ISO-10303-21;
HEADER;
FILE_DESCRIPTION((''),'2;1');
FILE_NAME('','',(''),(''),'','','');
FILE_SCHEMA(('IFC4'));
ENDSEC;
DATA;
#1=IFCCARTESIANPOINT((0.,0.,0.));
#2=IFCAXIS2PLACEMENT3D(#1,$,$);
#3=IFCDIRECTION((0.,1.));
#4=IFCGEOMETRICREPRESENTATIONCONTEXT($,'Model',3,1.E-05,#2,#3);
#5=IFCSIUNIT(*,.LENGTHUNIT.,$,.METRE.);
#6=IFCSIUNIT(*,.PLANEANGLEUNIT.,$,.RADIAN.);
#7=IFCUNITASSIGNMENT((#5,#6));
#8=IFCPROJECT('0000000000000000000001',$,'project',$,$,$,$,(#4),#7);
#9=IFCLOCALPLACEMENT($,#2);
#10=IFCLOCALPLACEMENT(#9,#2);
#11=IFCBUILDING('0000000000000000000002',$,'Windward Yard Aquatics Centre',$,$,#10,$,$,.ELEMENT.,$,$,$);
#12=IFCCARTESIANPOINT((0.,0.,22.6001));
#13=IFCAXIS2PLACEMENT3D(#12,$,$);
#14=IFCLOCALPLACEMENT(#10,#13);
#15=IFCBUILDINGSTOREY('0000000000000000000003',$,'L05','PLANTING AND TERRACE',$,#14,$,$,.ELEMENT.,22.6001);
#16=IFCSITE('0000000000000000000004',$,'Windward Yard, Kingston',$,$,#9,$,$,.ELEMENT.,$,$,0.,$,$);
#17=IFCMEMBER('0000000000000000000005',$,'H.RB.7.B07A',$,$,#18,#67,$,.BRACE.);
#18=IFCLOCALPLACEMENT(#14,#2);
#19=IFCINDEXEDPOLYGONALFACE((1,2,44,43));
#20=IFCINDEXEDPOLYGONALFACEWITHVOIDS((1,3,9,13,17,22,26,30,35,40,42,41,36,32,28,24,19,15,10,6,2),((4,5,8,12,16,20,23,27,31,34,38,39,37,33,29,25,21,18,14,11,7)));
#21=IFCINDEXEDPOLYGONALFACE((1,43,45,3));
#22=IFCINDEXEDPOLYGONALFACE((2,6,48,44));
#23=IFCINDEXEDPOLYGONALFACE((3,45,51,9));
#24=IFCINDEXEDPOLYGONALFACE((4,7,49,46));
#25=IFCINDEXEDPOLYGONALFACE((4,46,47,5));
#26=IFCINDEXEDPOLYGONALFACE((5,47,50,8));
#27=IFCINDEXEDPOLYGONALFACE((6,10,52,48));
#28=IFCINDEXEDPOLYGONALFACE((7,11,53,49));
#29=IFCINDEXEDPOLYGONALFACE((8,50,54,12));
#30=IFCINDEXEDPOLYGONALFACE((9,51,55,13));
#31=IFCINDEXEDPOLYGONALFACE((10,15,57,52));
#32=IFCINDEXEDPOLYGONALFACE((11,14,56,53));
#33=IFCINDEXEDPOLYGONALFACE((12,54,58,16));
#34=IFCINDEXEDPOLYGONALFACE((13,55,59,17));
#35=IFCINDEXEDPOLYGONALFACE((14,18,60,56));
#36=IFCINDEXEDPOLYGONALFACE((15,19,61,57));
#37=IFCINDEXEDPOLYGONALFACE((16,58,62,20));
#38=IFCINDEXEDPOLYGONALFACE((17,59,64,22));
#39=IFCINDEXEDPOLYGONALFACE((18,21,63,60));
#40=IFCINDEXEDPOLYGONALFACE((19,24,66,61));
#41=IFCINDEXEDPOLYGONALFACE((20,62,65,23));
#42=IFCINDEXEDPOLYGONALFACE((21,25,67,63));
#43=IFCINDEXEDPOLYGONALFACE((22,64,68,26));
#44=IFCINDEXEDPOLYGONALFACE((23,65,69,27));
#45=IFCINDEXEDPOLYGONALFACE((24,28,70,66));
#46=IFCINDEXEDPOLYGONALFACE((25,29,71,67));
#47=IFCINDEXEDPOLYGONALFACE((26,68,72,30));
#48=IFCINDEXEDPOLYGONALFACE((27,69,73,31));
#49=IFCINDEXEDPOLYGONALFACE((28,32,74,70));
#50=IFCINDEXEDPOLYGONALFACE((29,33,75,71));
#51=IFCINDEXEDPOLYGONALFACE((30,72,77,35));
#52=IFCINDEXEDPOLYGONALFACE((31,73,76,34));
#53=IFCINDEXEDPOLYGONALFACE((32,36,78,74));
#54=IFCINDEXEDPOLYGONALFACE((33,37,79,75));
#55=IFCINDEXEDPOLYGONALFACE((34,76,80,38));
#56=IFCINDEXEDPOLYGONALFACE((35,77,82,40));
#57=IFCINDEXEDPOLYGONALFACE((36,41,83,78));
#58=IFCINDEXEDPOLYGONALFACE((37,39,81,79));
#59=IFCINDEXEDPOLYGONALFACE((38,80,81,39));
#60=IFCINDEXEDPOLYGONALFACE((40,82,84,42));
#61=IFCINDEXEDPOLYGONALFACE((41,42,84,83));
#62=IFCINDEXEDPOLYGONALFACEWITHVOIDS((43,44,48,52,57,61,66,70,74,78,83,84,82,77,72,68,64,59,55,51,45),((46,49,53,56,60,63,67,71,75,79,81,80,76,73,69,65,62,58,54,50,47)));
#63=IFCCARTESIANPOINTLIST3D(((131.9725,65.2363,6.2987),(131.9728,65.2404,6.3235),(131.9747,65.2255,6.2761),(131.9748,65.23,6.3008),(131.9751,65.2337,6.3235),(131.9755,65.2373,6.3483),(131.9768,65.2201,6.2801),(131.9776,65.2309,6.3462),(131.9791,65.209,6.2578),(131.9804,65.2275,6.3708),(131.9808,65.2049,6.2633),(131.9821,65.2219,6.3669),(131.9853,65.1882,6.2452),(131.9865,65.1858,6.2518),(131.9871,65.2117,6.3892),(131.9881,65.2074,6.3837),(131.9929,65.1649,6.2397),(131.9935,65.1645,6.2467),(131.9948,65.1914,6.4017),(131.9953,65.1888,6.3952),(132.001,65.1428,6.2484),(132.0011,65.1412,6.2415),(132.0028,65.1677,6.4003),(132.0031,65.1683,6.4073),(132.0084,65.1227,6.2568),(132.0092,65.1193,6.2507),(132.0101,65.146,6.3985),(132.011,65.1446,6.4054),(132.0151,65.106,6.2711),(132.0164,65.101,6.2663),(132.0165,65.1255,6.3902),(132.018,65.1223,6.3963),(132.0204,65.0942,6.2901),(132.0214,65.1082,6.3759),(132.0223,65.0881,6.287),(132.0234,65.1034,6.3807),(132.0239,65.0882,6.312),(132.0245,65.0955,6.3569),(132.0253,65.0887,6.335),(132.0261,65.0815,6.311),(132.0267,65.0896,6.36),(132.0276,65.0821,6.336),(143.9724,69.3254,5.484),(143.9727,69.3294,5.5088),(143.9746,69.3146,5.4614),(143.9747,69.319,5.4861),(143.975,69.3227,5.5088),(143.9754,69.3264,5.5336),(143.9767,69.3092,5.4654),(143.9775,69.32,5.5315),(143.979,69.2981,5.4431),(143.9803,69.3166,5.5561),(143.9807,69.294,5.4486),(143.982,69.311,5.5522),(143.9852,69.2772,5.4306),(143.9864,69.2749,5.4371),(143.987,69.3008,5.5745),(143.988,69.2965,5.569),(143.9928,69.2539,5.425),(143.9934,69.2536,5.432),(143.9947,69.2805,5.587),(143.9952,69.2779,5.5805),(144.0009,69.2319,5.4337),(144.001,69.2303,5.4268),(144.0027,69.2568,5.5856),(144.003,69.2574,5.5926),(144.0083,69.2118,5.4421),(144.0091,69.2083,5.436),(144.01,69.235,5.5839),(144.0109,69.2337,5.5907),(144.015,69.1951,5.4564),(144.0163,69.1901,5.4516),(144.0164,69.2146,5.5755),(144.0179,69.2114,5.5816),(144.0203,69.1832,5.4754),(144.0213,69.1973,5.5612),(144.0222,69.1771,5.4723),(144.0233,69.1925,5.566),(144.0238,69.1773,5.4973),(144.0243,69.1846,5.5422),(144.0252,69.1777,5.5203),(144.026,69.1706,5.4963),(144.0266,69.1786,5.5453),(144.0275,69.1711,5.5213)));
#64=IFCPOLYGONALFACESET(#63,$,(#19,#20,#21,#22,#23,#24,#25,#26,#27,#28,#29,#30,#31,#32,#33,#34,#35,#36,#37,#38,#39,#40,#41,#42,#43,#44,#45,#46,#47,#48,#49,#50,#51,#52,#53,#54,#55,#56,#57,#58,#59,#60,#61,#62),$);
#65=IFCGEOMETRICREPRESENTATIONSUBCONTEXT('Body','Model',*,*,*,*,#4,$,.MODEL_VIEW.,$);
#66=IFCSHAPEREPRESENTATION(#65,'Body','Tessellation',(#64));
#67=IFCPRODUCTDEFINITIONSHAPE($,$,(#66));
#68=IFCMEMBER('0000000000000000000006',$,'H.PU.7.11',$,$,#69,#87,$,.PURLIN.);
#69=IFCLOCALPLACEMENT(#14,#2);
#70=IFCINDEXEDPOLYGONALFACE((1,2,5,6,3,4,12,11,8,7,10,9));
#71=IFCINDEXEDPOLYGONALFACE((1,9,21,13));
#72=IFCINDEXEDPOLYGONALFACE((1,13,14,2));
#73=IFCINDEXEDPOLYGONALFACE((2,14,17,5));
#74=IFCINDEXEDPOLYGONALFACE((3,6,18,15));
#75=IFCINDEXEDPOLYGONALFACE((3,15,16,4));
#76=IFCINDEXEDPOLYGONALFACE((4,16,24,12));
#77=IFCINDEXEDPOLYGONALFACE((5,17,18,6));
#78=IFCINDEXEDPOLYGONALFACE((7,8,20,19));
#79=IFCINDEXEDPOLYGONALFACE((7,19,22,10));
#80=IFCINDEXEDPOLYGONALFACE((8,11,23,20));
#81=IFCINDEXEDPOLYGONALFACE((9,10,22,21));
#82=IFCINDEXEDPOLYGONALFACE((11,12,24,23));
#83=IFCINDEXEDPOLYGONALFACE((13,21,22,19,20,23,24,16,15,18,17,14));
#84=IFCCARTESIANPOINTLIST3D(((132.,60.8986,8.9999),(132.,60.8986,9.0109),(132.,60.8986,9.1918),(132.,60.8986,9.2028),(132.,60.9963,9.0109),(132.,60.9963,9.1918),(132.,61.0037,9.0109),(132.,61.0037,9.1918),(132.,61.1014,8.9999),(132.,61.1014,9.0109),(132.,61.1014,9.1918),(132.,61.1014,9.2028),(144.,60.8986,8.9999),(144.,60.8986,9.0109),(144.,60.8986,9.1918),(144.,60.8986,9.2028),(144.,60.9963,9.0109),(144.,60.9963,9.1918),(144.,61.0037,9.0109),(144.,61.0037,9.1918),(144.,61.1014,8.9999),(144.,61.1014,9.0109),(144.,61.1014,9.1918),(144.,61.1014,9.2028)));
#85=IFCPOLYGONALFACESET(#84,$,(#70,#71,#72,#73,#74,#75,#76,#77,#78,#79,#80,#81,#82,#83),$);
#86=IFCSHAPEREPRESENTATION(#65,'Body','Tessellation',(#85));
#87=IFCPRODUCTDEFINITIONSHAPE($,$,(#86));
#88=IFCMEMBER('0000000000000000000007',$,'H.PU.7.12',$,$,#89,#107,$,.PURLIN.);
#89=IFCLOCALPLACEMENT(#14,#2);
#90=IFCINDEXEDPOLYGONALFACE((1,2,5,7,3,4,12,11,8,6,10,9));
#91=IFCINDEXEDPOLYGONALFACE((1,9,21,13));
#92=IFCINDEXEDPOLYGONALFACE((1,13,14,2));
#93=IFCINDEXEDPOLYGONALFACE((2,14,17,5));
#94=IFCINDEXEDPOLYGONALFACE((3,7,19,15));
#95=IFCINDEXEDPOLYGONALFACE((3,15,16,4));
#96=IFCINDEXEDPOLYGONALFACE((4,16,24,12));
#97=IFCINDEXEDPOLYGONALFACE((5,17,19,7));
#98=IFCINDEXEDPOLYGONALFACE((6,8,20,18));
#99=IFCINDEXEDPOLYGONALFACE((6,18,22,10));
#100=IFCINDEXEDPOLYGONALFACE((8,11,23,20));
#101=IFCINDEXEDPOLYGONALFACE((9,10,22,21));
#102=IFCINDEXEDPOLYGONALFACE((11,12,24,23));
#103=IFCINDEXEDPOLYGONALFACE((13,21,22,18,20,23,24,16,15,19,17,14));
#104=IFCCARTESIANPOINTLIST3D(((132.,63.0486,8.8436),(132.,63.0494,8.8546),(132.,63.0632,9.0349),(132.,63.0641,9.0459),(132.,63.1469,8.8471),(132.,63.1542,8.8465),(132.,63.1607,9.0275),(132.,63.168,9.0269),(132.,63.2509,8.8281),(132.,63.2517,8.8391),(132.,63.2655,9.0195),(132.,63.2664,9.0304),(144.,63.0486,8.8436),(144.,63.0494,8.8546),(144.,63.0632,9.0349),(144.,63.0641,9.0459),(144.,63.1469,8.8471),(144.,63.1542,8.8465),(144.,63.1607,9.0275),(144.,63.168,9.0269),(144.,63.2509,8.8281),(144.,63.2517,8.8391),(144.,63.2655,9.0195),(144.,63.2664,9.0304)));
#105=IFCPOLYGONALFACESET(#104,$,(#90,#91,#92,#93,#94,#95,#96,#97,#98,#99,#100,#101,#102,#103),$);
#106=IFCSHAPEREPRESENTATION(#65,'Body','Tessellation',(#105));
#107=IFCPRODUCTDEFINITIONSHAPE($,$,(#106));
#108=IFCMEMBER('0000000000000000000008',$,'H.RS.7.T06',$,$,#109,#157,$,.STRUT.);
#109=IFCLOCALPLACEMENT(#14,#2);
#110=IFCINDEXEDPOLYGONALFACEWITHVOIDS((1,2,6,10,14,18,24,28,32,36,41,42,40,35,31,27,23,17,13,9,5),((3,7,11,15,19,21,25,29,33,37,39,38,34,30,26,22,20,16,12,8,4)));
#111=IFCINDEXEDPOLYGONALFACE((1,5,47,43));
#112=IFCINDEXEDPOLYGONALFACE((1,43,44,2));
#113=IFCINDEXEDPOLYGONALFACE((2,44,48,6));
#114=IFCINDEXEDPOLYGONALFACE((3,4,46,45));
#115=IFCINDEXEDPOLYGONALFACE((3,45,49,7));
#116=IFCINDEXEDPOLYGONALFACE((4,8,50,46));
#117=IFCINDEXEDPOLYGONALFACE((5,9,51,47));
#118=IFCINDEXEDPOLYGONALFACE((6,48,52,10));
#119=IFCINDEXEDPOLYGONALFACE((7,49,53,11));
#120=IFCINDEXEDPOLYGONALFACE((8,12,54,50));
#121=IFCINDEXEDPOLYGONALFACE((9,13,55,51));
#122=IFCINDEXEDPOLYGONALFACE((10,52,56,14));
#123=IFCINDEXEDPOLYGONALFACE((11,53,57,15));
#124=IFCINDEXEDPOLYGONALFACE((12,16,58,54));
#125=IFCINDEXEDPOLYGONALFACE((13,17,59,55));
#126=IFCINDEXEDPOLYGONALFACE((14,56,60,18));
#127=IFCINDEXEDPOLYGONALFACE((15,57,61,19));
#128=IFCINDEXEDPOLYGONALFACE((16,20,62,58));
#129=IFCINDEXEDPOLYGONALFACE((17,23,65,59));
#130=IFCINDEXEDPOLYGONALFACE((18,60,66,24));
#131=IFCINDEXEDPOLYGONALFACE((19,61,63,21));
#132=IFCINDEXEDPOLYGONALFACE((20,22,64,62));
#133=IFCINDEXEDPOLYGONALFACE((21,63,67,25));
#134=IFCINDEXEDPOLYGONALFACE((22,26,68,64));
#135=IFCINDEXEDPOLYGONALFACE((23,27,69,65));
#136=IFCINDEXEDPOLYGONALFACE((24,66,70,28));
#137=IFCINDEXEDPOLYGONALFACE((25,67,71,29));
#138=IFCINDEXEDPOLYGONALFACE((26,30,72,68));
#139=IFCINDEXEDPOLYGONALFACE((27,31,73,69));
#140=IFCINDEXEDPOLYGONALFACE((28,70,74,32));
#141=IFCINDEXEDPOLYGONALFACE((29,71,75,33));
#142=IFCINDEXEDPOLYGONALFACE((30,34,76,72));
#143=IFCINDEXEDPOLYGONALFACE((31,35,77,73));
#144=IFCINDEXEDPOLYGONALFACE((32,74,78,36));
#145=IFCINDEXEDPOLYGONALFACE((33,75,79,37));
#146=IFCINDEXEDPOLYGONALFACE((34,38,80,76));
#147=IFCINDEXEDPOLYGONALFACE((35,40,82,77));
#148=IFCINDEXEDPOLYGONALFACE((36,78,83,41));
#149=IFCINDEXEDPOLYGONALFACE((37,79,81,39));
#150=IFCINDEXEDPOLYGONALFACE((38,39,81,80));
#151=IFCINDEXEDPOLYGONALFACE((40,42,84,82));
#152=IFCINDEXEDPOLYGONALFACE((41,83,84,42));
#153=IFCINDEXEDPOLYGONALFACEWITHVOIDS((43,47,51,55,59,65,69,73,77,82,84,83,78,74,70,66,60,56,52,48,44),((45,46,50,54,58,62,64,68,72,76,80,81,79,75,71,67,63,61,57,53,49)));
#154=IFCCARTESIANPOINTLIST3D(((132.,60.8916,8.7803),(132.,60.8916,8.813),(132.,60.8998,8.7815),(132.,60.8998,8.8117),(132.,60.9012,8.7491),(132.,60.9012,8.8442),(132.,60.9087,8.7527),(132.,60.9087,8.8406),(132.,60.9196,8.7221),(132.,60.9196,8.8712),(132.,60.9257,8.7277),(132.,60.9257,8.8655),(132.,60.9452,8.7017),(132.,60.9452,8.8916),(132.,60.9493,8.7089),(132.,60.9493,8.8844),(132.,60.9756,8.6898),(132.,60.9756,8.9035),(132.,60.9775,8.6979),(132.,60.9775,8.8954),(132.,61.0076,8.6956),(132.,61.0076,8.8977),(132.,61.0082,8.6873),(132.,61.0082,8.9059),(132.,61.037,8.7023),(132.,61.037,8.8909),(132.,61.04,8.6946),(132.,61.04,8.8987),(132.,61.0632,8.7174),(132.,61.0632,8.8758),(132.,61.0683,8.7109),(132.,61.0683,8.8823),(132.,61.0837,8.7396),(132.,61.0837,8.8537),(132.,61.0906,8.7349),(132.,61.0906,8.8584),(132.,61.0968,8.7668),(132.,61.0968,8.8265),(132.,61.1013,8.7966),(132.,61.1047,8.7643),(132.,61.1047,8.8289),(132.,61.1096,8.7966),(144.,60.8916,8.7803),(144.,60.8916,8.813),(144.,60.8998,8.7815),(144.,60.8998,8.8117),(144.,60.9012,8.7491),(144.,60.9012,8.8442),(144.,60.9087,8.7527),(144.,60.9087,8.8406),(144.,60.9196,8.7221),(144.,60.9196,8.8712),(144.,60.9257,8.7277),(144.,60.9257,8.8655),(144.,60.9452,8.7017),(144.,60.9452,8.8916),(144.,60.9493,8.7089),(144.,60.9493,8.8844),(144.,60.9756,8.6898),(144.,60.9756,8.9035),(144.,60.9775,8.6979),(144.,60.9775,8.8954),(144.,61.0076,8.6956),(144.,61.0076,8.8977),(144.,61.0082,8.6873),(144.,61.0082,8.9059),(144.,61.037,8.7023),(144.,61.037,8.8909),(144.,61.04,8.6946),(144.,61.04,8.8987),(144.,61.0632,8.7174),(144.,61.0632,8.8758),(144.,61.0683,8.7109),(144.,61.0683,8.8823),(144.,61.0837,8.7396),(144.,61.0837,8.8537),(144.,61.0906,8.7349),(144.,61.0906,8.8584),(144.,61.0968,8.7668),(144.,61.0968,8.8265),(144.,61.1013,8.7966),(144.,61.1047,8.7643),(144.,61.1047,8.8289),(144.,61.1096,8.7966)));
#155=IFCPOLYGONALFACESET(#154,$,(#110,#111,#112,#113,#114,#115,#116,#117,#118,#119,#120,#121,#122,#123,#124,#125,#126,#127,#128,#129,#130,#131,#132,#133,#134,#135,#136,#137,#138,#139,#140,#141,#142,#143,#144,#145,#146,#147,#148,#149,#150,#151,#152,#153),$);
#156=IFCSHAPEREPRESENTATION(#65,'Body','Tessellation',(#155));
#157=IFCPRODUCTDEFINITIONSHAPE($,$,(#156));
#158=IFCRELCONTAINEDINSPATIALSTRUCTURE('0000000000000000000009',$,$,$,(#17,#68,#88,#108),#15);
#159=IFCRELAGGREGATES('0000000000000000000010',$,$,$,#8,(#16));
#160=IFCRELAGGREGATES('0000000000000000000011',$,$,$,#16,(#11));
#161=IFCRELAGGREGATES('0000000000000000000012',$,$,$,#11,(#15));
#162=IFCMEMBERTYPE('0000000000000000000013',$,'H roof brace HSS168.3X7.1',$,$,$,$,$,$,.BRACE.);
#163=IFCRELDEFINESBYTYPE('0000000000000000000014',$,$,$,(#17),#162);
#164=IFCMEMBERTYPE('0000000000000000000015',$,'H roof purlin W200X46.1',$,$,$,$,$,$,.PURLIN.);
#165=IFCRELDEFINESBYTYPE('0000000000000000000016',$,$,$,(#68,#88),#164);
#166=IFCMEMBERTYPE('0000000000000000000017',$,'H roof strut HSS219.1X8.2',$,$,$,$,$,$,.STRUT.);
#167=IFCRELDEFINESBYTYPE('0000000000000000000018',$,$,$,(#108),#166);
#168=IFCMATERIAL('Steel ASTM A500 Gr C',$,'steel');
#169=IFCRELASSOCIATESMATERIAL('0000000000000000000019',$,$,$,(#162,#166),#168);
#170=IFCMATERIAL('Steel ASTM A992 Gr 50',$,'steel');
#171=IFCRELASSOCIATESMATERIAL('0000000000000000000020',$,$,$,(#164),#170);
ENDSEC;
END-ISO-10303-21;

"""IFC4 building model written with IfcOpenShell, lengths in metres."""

from ifc_helpers import new_model, si_unit, direction, frame, origin, origin_2d, place, context, subcontext, project, spatial, hollow_circle, i_section, extrude, material, material_profile, profile_set, type_object, element, save


model = new_model("IFC4")

# Units and contexts
model_context = context("Model", 3, precision=1e-05, world=origin(), true_north=direction((0.0, 1.0)))
body_context = subcontext(model_context, "Body", "Model", "MODEL_VIEW")
ifc_project = project(units=[si_unit("LENGTHUNIT", "METRE"), si_unit("PLANEANGLEUNIT", "RADIAN")], contexts=[model_context])

# Site, building, storey
site_placement = place(None, origin())
site = spatial("IfcSite", under=ifc_project, at=site_placement, Name="Windward Yard, Kingston", CompositionType="ELEMENT", RefElevation=0.0)
building_placement = place(site_placement, origin())
building = spatial("IfcBuilding", under=site, at=building_placement, Name="Windward Yard Aquatics Centre", CompositionType="ELEMENT")
storey_placement = place(building_placement, frame((0.0, 0.0, 22.6001)))
storey = spatial("IfcBuildingStorey", under=building, at=storey_placement, Name="L05", Description="PLANTING AND TERRACE", CompositionType="ELEMENT", Elevation=22.6001)

# Members
ifc_material_1 = material(Name="Steel ASTM A500 Gr C", Category="steel")
ifc_material_profile_1 = material_profile(ifc_material_1, hollow_circle(Radius=0.0842, WallThickness=0.0071, at=origin_2d()), Name="HSS168.3X7.1")
ifc_profile_set_1 = profile_set([ifc_material_profile_1], Name="Steel ASTM A500 Gr C")
member_type_1 = type_object("IfcMemberType", Name="H roof brace HSS168.3X7.1", PredefinedType="BRACE", material=ifc_profile_set_1)
member_1_placement = place(storey_placement, frame((132.0, 65.1606, 6.3235), z_axis=(0.944605, 0.321883, -0.064131), x_axis=(-0.322547, 0.946553, 0.0)))
element("IfcMember", 1, at=member_1_placement, inside=storey, type_object=member_type_1, Name="H.RB.7.B07A", PredefinedType="BRACE", context=body_context, shape_type="SweptSolid", body=[
    extrude(hollow_circle(Radius=0.0842, WallThickness=0.0071, at=origin_2d()), origin(), (0.0, 0.0, 1.0), 12.7036),
])
ifc_material_2 = material(Name="Steel ASTM A992 Gr 50", Category="steel")
ifc_material_profile_2 = material_profile(ifc_material_2, i_section(OverallWidth=0.2029, OverallDepth=0.2029, WebThickness=0.0073, FlangeThickness=0.011, at=origin_2d()), Name="W200X46.1")
ifc_profile_set_2 = profile_set([ifc_material_profile_2], Name="Steel ASTM A992 Gr 50")
member_type_2 = type_object("IfcMemberType", Name="H roof purlin W200X46.1", PredefinedType="PURLIN", material=ifc_profile_set_2)
for number, where, z_axis, x_axis, name in (
    (2, (132.0, 61.0, 9.1013), (1.0, 0.0, 0.0), (0.0, 1.0, 0.0), "H.PU.7.11"),
    (3, (132.0, 63.1575, 8.937), (1.0, 0.0, 0.0), (0.0, 0.997081, -0.076354), "H.PU.7.12"),
):
    element("IfcMember", number, at=place(storey_placement, frame(where, z_axis=z_axis, x_axis=x_axis)), inside=storey, type_object=member_type_2, Name=name, PredefinedType="PURLIN", context=body_context, shape_type="SweptSolid", body=[
        extrude(i_section(OverallWidth=0.2029, OverallDepth=0.2029, WebThickness=0.0073, FlangeThickness=0.011, at=origin_2d()), origin(), (0.0, 0.0, 1.0), 12.0),
    ])
ifc_material_profile_3 = material_profile(ifc_material_1, hollow_circle(Radius=0.1096, WallThickness=0.0083, at=origin_2d()), Name="HSS219.1X8.2")
ifc_profile_set_3 = profile_set([ifc_material_profile_3], Name="Steel ASTM A500 Gr C")
member_type_3 = type_object("IfcMemberType", Name="H roof strut HSS219.1X8.2", PredefinedType="STRUT", material=ifc_profile_set_3)
for number, where, z_axis, x_axis, name in (
    (4, (132.0, 61.0, 8.7966), (1.0, 0.0, 0.0), (0.0, 1.0, 0.0), "H.RS.7.T06"),
):
    element("IfcMember", number, at=place(storey_placement, frame(where, z_axis=z_axis, x_axis=x_axis)), inside=storey, type_object=member_type_3, Name=name, PredefinedType="STRUT", context=body_context, shape_type="SweptSolid", body=[
        extrude(hollow_circle(Radius=0.1096, WallThickness=0.0083, at=origin_2d()), origin(), (0.0, 0.0, 1.0), 12.0),
    ])

save(model, "model.ifc")
